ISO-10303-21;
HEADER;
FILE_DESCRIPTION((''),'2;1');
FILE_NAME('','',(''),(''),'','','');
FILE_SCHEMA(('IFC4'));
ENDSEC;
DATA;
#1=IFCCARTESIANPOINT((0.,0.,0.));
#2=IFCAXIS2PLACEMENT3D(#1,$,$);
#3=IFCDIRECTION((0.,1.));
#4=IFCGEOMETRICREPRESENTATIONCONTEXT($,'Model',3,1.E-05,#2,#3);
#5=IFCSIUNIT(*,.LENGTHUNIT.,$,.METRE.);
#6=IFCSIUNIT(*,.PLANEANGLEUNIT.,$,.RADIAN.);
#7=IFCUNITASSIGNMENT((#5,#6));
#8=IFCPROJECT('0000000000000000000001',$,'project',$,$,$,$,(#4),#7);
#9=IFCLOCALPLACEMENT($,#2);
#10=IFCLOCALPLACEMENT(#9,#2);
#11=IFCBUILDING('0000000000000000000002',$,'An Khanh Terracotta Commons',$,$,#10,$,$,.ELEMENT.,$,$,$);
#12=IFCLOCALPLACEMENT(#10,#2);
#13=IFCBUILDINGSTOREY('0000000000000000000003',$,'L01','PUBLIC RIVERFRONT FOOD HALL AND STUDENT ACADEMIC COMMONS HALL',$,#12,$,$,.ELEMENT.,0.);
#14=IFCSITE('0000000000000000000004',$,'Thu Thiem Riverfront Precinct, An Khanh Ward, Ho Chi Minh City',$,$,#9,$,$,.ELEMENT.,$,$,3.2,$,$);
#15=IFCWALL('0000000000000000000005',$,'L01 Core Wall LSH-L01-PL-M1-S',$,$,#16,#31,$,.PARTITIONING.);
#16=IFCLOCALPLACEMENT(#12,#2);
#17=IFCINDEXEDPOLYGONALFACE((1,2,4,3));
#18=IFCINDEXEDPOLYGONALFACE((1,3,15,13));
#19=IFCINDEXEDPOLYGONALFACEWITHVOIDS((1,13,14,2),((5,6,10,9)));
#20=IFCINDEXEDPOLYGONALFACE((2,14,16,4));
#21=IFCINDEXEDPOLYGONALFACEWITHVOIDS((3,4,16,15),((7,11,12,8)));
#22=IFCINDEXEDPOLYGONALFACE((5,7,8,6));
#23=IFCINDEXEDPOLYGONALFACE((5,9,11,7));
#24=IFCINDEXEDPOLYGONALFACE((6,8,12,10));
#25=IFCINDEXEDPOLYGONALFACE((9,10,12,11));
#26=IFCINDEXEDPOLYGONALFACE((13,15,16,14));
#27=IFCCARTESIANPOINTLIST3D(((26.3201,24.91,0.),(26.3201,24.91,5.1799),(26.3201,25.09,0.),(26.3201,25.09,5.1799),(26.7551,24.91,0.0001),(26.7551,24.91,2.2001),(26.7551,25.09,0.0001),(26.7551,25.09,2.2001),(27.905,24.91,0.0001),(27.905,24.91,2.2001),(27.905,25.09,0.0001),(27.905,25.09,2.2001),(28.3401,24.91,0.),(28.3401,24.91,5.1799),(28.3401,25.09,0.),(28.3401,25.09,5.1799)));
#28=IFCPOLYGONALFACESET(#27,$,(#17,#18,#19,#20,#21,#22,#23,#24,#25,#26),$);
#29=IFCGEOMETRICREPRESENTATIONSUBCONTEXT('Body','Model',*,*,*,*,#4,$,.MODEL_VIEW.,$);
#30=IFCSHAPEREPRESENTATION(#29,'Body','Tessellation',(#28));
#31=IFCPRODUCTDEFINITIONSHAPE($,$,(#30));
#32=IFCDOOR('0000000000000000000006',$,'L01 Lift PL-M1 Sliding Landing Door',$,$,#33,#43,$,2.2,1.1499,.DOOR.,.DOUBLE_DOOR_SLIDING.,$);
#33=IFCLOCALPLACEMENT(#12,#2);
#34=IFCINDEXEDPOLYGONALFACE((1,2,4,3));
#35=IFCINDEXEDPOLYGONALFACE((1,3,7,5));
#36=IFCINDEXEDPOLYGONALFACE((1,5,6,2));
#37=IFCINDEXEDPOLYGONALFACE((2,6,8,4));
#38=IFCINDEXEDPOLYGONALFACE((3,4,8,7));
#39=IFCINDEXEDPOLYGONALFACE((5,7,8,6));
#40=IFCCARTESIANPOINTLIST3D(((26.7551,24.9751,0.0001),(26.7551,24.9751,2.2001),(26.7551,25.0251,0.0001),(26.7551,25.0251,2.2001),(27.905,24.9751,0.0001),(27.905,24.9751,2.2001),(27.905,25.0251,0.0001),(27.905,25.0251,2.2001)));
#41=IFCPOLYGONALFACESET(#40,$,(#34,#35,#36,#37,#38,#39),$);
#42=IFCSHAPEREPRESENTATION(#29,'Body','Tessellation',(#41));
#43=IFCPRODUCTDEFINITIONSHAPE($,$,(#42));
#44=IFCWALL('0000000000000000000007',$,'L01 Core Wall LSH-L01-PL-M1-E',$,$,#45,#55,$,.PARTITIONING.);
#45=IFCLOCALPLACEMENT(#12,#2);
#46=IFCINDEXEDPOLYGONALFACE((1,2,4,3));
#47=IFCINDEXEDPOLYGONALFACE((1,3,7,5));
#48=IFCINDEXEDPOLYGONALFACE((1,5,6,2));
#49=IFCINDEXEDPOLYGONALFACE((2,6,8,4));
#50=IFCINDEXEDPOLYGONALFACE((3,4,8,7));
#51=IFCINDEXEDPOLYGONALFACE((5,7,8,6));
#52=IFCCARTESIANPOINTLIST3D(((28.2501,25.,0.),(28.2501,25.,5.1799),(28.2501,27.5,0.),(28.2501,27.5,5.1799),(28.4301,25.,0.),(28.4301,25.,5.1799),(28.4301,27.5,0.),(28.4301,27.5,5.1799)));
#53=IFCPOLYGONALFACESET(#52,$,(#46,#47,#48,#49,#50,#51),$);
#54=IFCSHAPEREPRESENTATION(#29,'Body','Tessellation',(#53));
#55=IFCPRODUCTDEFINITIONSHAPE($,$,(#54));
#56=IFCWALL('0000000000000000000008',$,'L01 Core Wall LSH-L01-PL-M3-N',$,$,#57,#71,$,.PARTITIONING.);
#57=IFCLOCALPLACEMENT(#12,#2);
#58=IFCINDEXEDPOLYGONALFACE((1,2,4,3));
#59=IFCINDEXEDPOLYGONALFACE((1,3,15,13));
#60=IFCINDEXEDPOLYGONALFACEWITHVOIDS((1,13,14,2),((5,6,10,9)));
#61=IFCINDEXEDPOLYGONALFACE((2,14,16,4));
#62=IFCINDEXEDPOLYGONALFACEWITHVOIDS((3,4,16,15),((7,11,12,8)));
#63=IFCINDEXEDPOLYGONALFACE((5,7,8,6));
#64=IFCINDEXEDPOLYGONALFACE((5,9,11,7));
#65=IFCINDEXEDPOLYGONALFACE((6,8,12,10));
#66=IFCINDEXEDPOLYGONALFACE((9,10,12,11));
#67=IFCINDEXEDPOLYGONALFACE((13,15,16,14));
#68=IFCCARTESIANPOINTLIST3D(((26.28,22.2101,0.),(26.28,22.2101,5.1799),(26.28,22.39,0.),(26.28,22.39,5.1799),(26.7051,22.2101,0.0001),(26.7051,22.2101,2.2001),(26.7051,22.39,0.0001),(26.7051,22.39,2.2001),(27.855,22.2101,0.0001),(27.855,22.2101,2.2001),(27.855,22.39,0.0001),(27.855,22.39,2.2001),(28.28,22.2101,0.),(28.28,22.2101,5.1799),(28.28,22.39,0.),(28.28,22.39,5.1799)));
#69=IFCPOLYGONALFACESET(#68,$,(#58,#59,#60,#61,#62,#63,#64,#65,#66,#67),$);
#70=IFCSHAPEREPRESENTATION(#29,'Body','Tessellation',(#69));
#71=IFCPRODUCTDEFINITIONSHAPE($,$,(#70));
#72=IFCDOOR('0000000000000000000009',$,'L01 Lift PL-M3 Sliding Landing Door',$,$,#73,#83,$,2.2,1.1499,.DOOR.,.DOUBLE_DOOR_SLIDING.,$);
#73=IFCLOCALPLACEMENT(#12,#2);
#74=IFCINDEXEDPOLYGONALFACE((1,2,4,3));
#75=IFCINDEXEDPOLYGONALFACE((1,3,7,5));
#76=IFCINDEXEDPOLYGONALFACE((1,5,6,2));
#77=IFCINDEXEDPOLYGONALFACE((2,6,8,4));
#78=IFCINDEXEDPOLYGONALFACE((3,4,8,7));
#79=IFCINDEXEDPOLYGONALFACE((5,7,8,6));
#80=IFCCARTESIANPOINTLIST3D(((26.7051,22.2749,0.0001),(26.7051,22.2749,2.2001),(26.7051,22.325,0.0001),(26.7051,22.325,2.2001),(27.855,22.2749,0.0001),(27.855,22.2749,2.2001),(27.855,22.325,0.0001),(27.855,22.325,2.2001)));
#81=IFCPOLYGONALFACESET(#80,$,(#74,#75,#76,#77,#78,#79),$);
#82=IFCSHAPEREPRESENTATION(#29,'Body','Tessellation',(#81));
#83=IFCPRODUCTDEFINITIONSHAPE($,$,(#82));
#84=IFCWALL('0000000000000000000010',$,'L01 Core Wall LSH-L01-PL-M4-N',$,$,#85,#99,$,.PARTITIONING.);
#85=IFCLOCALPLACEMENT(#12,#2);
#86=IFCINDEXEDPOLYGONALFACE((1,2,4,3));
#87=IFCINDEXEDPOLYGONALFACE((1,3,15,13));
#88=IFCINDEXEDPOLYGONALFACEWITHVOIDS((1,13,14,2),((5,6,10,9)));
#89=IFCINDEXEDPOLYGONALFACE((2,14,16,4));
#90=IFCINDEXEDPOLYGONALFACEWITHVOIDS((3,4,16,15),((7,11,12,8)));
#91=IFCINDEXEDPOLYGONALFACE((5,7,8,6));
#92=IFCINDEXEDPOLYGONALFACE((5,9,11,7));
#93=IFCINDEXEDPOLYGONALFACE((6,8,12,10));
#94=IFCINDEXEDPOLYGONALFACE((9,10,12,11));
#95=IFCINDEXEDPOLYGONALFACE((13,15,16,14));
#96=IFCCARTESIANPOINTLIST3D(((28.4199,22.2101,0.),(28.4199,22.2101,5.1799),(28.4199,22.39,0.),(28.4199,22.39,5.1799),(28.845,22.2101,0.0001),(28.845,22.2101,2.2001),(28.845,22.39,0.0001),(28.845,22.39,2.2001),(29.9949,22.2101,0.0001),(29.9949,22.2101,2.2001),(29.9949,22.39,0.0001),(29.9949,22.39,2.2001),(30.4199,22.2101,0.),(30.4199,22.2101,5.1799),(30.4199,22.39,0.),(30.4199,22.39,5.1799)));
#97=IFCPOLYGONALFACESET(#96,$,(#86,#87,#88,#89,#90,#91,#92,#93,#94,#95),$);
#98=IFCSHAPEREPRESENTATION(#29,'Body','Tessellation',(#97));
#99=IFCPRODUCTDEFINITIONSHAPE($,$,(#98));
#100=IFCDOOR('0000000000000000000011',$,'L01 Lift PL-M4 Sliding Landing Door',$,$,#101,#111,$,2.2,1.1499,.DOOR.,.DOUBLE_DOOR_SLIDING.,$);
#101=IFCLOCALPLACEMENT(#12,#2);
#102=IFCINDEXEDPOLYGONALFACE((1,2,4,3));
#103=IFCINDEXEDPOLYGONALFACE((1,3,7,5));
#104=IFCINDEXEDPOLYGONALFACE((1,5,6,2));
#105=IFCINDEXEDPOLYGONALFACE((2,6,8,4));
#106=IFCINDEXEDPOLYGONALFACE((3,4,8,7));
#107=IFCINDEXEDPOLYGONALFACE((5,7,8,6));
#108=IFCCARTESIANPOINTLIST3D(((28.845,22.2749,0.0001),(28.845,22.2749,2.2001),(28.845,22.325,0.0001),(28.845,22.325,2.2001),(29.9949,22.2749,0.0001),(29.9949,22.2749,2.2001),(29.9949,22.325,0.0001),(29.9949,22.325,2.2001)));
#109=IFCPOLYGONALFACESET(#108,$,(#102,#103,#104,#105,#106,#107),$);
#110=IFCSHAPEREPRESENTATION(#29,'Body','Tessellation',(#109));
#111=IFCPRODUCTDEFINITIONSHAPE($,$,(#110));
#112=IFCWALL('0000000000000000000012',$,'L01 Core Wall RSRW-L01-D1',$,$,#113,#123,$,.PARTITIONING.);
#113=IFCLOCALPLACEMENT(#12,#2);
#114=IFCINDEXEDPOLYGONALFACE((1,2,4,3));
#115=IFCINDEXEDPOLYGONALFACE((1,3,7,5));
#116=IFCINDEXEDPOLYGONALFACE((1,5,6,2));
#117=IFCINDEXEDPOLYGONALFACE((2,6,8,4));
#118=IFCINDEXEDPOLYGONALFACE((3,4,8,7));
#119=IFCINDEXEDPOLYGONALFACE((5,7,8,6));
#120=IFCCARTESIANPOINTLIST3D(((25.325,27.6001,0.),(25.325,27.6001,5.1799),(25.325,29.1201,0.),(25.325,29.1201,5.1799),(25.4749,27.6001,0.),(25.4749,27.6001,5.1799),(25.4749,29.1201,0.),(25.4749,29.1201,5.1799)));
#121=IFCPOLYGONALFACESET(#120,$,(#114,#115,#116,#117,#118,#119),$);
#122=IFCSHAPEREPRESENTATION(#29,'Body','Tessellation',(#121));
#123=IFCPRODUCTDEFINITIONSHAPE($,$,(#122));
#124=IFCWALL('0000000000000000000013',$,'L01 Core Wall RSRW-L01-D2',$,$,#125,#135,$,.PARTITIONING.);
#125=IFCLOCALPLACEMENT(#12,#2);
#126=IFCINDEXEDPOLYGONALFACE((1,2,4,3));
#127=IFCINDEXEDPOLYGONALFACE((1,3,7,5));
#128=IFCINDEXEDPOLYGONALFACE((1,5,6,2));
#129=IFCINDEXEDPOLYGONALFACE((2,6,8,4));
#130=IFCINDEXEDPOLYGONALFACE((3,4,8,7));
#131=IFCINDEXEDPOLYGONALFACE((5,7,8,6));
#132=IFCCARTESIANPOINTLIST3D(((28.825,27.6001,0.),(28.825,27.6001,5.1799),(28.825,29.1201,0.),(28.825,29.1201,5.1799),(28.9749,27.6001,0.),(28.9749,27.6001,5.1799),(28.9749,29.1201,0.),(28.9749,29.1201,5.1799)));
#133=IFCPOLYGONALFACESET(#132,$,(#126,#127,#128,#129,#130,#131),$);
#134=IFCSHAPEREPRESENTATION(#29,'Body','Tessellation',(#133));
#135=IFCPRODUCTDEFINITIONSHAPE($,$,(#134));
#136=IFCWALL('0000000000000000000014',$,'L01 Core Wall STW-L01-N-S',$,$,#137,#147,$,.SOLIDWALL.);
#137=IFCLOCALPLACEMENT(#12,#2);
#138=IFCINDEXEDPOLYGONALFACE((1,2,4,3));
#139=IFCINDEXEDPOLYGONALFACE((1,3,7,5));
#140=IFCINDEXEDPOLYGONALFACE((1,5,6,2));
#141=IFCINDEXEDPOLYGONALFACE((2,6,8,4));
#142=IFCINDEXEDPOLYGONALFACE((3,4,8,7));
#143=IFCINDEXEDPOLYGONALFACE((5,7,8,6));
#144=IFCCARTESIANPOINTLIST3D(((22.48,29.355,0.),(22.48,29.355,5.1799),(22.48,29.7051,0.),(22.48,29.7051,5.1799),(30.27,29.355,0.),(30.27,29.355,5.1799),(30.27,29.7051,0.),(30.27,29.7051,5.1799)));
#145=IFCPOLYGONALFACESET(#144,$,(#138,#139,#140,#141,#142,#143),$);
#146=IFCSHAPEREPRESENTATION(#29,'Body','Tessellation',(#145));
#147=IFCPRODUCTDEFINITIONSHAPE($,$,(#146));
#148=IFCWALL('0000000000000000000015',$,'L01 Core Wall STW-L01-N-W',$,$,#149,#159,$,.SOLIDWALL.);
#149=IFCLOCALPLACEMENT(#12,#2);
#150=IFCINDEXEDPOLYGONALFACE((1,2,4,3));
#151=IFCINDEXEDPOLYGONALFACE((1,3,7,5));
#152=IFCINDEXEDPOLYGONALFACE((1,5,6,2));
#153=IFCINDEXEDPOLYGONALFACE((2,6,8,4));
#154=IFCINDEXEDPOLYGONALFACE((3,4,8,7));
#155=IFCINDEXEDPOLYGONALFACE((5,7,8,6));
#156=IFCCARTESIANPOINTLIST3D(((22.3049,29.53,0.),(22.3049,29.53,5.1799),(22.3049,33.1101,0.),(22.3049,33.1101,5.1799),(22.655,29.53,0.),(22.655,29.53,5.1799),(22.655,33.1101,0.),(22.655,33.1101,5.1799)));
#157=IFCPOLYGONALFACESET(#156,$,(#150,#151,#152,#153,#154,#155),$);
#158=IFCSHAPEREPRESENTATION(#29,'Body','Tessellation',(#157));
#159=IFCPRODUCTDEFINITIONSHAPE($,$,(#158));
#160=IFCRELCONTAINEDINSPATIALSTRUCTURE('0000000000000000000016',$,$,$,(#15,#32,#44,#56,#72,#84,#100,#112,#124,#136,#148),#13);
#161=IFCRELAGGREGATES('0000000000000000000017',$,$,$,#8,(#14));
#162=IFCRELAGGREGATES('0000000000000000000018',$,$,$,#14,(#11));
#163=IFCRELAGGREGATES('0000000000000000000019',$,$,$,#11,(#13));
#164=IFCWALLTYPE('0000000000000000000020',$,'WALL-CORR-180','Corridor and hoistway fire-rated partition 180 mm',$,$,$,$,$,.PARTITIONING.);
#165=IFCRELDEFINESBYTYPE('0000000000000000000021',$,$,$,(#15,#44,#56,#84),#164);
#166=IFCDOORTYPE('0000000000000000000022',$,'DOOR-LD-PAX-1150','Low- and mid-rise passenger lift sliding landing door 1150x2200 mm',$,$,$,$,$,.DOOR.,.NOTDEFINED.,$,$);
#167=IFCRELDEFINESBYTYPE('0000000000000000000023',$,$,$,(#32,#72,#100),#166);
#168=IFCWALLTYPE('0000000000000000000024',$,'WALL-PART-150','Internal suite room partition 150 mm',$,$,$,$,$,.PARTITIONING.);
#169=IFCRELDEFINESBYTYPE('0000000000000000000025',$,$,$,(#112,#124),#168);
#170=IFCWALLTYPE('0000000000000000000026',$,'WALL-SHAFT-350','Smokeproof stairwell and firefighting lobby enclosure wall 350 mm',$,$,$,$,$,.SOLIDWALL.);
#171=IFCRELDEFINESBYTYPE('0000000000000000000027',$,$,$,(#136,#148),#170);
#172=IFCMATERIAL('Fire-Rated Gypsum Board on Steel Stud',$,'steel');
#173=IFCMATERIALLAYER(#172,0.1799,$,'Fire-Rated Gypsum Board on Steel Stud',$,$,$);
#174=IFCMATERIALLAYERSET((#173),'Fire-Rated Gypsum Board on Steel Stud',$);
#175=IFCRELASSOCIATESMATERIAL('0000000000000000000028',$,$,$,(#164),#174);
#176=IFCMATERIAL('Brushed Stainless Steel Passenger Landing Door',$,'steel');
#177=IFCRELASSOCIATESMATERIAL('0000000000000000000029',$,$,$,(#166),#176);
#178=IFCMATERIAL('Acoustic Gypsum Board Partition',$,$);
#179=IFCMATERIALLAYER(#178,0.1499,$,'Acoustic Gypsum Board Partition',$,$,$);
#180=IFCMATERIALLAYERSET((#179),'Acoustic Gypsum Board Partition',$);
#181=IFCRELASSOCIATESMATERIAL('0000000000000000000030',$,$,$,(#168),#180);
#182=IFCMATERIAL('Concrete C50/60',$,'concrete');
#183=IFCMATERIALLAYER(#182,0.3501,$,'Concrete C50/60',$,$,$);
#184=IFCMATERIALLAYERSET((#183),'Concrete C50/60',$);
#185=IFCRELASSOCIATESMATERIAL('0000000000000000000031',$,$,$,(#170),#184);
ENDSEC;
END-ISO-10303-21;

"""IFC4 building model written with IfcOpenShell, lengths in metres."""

from ifc_helpers import new_model, si_unit, direction, frame, frame_2d, origin, place, context, subcontext, project, spatial, rectangle, extrude, material, layer, layer_set, type_object, element, fill, save


model = new_model("IFC4")

# Units and contexts
model_context = context("Model", 3, precision=1e-05, world=origin(), true_north=direction((0.0, 1.0)))
body_context = subcontext(model_context, "Body", "Model", "MODEL_VIEW")
ifc_project = project(units=[si_unit("LENGTHUNIT", "METRE"), si_unit("PLANEANGLEUNIT", "RADIAN")], contexts=[model_context])

# Site, building, storey
site_placement = place(None, origin())
site = spatial("IfcSite", under=ifc_project, at=site_placement, Name="Thu Thiem Riverfront Precinct, An Khanh Ward, Ho Chi Minh City", CompositionType="ELEMENT", RefElevation=3.2)
building_placement = place(site_placement, origin())
building = spatial("IfcBuilding", under=site, at=building_placement, Name="An Khanh Terracotta Commons", CompositionType="ELEMENT")
storey_placement = place(building_placement, origin())
storey = spatial("IfcBuildingStorey", under=building, at=storey_placement, Name="L01", Description="PUBLIC RIVERFRONT FOOD HALL AND STUDENT ACADEMIC COMMONS HALL", CompositionType="ELEMENT", Elevation=0.0)

# Shared definitions
ifc_material_1 = material(Name="Fire-Rated Gypsum Board on Steel Stud", Category="steel")
ifc_layer_1 = layer(ifc_material_1, 0.1799, Name="Fire-Rated Gypsum Board on Steel Stud")
ifc_layer_set_1 = layer_set([ifc_layer_1], Name="Fire-Rated Gypsum Board on Steel Stud")
wall_type_1 = type_object("IfcWallType", Name="WALL-CORR-180", Description="Corridor and hoistway fire-rated partition 180 mm", PredefinedType="PARTITIONING", material=ifc_layer_set_1)

# Shared definitions
ifc_material_2 = material(Name="Brushed Stainless Steel Passenger Landing Door", Category="steel")
door_type = type_object("IfcDoorType", Name="DOOR-LD-PAX-1150", Description="Low- and mid-rise passenger lift sliding landing door 1150x2200 mm", OperationType="NOTDEFINED", PredefinedType="DOOR", material=ifc_material_2)

# Wall, opening, door
wall_1_placement = place(storey_placement, frame((28.3401, 25.0, 0.0), z_axis=(0.0, 0.0, 1.0), x_axis=(-1.0, 0.0, 0.0)))
wall_1 = element("IfcWall", 1, at=wall_1_placement, inside=storey, type_object=wall_type_1, Name="L01 Core Wall LSH-L01-PL-M1-S", PredefinedType="PARTITIONING", context=body_context, shape_type="SweptSolid", body=[
    extrude(rectangle(XDim=2.02, YDim=0.1799, at=frame_2d((1.01, 0.0))), origin(), (0.0, 0.0, 1.0), 5.1799),
])
opening_1_placement = place(wall_1_placement, frame((0.4351, 0.0, 0.0)))
opening_1 = element("IfcOpeningElement", 2, at=opening_1_placement, cuts=wall_1, PredefinedType="OPENING", context=body_context, shape_type="SweptSolid", body=[
    extrude(rectangle(XDim=1.1499, YDim=2.2, at=frame_2d((0.575, 1.1001))), frame((0.0, 0.0999, 0.0), z_axis=(0.0, -1.0, 0.0), x_axis=(1.0, 0.0, 0.0)), (0.0, 0.0, 1.0), 0.2),
])
door_1_placement = place(opening_1_placement, origin())
door_1 = element("IfcDoor", 3, at=door_1_placement, inside=storey, type_object=door_type, Name="L01 Lift PL-M1 Sliding Landing Door", OperationType="DOUBLE_DOOR_SLIDING", OverallHeight=2.2, OverallWidth=1.1499, PredefinedType="DOOR", context=body_context, shape_type="SweptSolid", body=[
    extrude(rectangle(XDim=1.1499, YDim=2.2, at=frame_2d((0.575, 1.1001))), frame((0.0, 0.0249, 0.0), z_axis=(0.0, -1.0, 0.0), x_axis=(1.0, 0.0, 0.0)), (0.0, 0.0, 1.0), 0.05),
])
fill(opening_1, door_1)

# Wall
wall_2_placement = place(storey_placement, frame((28.3401, 25.0, 0.0), z_axis=(0.0, 0.0, 1.0), x_axis=(0.0, 1.0, 0.0)))
element("IfcWall", 4, at=wall_2_placement, inside=storey, type_object=wall_type_1, Name="L01 Core Wall LSH-L01-PL-M1-E", PredefinedType="PARTITIONING", context=body_context, shape_type="SweptSolid", body=[
    extrude(rectangle(XDim=2.5, YDim=0.1799, at=frame_2d((1.25, 0.0))), origin(), (0.0, 0.0, 1.0), 5.1799),
])

# Walls, openings, doors
wall_3_placement = place(storey_placement, frame((26.28, 22.3, 0.0), z_axis=(0.0, 0.0, 1.0), x_axis=(1.0, 0.0, 0.0)))
wall_3 = element("IfcWall", 5, at=wall_3_placement, inside=storey, type_object=wall_type_1, Name="L01 Core Wall LSH-L01-PL-M3-N", PredefinedType="PARTITIONING", context=body_context, shape_type="SweptSolid", body=[
    extrude(rectangle(XDim=2.0, YDim=0.1799, at=frame_2d((1.0, 0.0))), origin(), (0.0, 0.0, 1.0), 5.1799),
])
opening_2_placement = place(wall_3_placement, frame((0.425, 0.0, 0.0)))
opening_2 = element("IfcOpeningElement", 6, at=opening_2_placement, cuts=wall_3, PredefinedType="OPENING", context=body_context, shape_type="SweptSolid", body=[
    extrude(rectangle(XDim=1.1499, YDim=2.2, at=frame_2d((0.575, 1.1001))), frame((0.0, 0.0999, 0.0), z_axis=(0.0, -1.0, 0.0), x_axis=(1.0, 0.0, 0.0)), (0.0, 0.0, 1.0), 0.2),
])
door_2_placement = place(opening_2_placement, origin())
door_2 = element("IfcDoor", 7, at=door_2_placement, inside=storey, type_object=door_type, Name="L01 Lift PL-M3 Sliding Landing Door", OperationType="DOUBLE_DOOR_SLIDING", OverallHeight=2.2, OverallWidth=1.1499, PredefinedType="DOOR", context=body_context, shape_type="SweptSolid", body=[
    extrude(rectangle(XDim=1.1499, YDim=2.2, at=frame_2d((0.575, 1.1001))), frame((0.0, 0.0249, 0.0), z_axis=(0.0, -1.0, 0.0), x_axis=(1.0, 0.0, 0.0)), (0.0, 0.0, 1.0), 0.05),
])
fill(opening_2, door_2)
wall_4_placement = place(storey_placement, frame((28.4199, 22.3, 0.0), z_axis=(0.0, 0.0, 1.0), x_axis=(1.0, 0.0, 0.0)))
wall_4 = element("IfcWall", 8, at=wall_4_placement, inside=storey, type_object=wall_type_1, Name="L01 Core Wall LSH-L01-PL-M4-N", PredefinedType="PARTITIONING", context=body_context, shape_type="SweptSolid", body=[
    extrude(rectangle(XDim=2.0, YDim=0.1799, at=frame_2d((1.0, 0.0))), origin(), (0.0, 0.0, 1.0), 5.1799),
])
opening_3_placement = place(wall_4_placement, frame((0.425, 0.0, 0.0)))
opening_3 = element("IfcOpeningElement", 9, at=opening_3_placement, cuts=wall_4, PredefinedType="OPENING", context=body_context, shape_type="SweptSolid", body=[
    extrude(rectangle(XDim=1.1499, YDim=2.2, at=frame_2d((0.575, 1.1001))), frame((0.0, 0.0999, 0.0), z_axis=(0.0, -1.0, 0.0), x_axis=(1.0, 0.0, 0.0)), (0.0, 0.0, 1.0), 0.2),
])
door_3_placement = place(opening_3_placement, origin())
door_3 = element("IfcDoor", 10, at=door_3_placement, inside=storey, type_object=door_type, Name="L01 Lift PL-M4 Sliding Landing Door", OperationType="DOUBLE_DOOR_SLIDING", OverallHeight=2.2, OverallWidth=1.1499, PredefinedType="DOOR", context=body_context, shape_type="SweptSolid", body=[
    extrude(rectangle(XDim=1.1499, YDim=2.2, at=frame_2d((0.575, 1.1001))), frame((0.0, 0.0249, 0.0), z_axis=(0.0, -1.0, 0.0), x_axis=(1.0, 0.0, 0.0)), (0.0, 0.0, 1.0), 0.05),
])
fill(opening_3, door_3)

# Walls
ifc_material_3 = material(Name="Acoustic Gypsum Board Partition")
ifc_layer_2 = layer(ifc_material_3, 0.1499, Name="Acoustic Gypsum Board Partition")
ifc_layer_set_2 = layer_set([ifc_layer_2], Name="Acoustic Gypsum Board Partition")
wall_type_2 = type_object("IfcWallType", Name="WALL-PART-150", Description="Internal suite room partition 150 mm", PredefinedType="PARTITIONING", material=ifc_layer_set_2)
for number, where, z_axis, x_axis, name in (
    (11, (25.3999, 27.6001, 0.0), (0.0, 0.0, 1.0), (0.0, 1.0, 0.0), "L01 Core Wall RSRW-L01-D1"),
    (12, (28.8999, 27.6001, 0.0), (0.0, 0.0, 1.0), (0.0, 1.0, 0.0), "L01 Core Wall RSRW-L01-D2"),
):
    element("IfcWall", number, at=place(storey_placement, frame(where, z_axis=z_axis, x_axis=x_axis)), inside=storey, type_object=wall_type_2, Name=name, PredefinedType="PARTITIONING", context=body_context, shape_type="SweptSolid", body=[
        extrude(rectangle(XDim=1.52, YDim=0.1499, at=frame_2d((0.76, 0.0))), origin(), (0.0, 0.0, 1.0), 5.1799),
    ])
ifc_material_4 = material(Name="Concrete C50/60", Category="concrete")
ifc_layer_3 = layer(ifc_material_4, 0.3501, Name="Concrete C50/60")
ifc_layer_set_3 = layer_set([ifc_layer_3], Name="Concrete C50/60")
wall_type_3 = type_object("IfcWallType", Name="WALL-SHAFT-350", Description="Smokeproof stairwell and firefighting lobby enclosure wall 350 mm", PredefinedType="SOLIDWALL", material=ifc_layer_set_3)
wall_5_placement = place(storey_placement, frame((22.48, 29.53, 0.0), z_axis=(0.0, 0.0, 1.0), x_axis=(1.0, 0.0, 0.0)))
element("IfcWall", 13, at=wall_5_placement, inside=storey, type_object=wall_type_3, Name="L01 Core Wall STW-L01-N-S", PredefinedType="SOLIDWALL", context=body_context, shape_type="SweptSolid", body=[
    extrude(rectangle(XDim=7.79, YDim=0.3501, at=frame_2d((3.895, 0.0))), origin(), (0.0, 0.0, 1.0), 5.1799),
])
wall_6_placement = place(storey_placement, frame((22.48, 29.53, 0.0), z_axis=(0.0, 0.0, 1.0), x_axis=(0.0, 1.0, 0.0)))
element("IfcWall", 14, at=wall_6_placement, inside=storey, type_object=wall_type_3, Name="L01 Core Wall STW-L01-N-W", PredefinedType="SOLIDWALL", context=body_context, shape_type="SweptSolid", body=[
    extrude(rectangle(XDim=3.5801, YDim=0.3501, at=frame_2d((1.79, 0.0))), origin(), (0.0, 0.0, 1.0), 5.1799),
])

save(model, "model.ifc")
